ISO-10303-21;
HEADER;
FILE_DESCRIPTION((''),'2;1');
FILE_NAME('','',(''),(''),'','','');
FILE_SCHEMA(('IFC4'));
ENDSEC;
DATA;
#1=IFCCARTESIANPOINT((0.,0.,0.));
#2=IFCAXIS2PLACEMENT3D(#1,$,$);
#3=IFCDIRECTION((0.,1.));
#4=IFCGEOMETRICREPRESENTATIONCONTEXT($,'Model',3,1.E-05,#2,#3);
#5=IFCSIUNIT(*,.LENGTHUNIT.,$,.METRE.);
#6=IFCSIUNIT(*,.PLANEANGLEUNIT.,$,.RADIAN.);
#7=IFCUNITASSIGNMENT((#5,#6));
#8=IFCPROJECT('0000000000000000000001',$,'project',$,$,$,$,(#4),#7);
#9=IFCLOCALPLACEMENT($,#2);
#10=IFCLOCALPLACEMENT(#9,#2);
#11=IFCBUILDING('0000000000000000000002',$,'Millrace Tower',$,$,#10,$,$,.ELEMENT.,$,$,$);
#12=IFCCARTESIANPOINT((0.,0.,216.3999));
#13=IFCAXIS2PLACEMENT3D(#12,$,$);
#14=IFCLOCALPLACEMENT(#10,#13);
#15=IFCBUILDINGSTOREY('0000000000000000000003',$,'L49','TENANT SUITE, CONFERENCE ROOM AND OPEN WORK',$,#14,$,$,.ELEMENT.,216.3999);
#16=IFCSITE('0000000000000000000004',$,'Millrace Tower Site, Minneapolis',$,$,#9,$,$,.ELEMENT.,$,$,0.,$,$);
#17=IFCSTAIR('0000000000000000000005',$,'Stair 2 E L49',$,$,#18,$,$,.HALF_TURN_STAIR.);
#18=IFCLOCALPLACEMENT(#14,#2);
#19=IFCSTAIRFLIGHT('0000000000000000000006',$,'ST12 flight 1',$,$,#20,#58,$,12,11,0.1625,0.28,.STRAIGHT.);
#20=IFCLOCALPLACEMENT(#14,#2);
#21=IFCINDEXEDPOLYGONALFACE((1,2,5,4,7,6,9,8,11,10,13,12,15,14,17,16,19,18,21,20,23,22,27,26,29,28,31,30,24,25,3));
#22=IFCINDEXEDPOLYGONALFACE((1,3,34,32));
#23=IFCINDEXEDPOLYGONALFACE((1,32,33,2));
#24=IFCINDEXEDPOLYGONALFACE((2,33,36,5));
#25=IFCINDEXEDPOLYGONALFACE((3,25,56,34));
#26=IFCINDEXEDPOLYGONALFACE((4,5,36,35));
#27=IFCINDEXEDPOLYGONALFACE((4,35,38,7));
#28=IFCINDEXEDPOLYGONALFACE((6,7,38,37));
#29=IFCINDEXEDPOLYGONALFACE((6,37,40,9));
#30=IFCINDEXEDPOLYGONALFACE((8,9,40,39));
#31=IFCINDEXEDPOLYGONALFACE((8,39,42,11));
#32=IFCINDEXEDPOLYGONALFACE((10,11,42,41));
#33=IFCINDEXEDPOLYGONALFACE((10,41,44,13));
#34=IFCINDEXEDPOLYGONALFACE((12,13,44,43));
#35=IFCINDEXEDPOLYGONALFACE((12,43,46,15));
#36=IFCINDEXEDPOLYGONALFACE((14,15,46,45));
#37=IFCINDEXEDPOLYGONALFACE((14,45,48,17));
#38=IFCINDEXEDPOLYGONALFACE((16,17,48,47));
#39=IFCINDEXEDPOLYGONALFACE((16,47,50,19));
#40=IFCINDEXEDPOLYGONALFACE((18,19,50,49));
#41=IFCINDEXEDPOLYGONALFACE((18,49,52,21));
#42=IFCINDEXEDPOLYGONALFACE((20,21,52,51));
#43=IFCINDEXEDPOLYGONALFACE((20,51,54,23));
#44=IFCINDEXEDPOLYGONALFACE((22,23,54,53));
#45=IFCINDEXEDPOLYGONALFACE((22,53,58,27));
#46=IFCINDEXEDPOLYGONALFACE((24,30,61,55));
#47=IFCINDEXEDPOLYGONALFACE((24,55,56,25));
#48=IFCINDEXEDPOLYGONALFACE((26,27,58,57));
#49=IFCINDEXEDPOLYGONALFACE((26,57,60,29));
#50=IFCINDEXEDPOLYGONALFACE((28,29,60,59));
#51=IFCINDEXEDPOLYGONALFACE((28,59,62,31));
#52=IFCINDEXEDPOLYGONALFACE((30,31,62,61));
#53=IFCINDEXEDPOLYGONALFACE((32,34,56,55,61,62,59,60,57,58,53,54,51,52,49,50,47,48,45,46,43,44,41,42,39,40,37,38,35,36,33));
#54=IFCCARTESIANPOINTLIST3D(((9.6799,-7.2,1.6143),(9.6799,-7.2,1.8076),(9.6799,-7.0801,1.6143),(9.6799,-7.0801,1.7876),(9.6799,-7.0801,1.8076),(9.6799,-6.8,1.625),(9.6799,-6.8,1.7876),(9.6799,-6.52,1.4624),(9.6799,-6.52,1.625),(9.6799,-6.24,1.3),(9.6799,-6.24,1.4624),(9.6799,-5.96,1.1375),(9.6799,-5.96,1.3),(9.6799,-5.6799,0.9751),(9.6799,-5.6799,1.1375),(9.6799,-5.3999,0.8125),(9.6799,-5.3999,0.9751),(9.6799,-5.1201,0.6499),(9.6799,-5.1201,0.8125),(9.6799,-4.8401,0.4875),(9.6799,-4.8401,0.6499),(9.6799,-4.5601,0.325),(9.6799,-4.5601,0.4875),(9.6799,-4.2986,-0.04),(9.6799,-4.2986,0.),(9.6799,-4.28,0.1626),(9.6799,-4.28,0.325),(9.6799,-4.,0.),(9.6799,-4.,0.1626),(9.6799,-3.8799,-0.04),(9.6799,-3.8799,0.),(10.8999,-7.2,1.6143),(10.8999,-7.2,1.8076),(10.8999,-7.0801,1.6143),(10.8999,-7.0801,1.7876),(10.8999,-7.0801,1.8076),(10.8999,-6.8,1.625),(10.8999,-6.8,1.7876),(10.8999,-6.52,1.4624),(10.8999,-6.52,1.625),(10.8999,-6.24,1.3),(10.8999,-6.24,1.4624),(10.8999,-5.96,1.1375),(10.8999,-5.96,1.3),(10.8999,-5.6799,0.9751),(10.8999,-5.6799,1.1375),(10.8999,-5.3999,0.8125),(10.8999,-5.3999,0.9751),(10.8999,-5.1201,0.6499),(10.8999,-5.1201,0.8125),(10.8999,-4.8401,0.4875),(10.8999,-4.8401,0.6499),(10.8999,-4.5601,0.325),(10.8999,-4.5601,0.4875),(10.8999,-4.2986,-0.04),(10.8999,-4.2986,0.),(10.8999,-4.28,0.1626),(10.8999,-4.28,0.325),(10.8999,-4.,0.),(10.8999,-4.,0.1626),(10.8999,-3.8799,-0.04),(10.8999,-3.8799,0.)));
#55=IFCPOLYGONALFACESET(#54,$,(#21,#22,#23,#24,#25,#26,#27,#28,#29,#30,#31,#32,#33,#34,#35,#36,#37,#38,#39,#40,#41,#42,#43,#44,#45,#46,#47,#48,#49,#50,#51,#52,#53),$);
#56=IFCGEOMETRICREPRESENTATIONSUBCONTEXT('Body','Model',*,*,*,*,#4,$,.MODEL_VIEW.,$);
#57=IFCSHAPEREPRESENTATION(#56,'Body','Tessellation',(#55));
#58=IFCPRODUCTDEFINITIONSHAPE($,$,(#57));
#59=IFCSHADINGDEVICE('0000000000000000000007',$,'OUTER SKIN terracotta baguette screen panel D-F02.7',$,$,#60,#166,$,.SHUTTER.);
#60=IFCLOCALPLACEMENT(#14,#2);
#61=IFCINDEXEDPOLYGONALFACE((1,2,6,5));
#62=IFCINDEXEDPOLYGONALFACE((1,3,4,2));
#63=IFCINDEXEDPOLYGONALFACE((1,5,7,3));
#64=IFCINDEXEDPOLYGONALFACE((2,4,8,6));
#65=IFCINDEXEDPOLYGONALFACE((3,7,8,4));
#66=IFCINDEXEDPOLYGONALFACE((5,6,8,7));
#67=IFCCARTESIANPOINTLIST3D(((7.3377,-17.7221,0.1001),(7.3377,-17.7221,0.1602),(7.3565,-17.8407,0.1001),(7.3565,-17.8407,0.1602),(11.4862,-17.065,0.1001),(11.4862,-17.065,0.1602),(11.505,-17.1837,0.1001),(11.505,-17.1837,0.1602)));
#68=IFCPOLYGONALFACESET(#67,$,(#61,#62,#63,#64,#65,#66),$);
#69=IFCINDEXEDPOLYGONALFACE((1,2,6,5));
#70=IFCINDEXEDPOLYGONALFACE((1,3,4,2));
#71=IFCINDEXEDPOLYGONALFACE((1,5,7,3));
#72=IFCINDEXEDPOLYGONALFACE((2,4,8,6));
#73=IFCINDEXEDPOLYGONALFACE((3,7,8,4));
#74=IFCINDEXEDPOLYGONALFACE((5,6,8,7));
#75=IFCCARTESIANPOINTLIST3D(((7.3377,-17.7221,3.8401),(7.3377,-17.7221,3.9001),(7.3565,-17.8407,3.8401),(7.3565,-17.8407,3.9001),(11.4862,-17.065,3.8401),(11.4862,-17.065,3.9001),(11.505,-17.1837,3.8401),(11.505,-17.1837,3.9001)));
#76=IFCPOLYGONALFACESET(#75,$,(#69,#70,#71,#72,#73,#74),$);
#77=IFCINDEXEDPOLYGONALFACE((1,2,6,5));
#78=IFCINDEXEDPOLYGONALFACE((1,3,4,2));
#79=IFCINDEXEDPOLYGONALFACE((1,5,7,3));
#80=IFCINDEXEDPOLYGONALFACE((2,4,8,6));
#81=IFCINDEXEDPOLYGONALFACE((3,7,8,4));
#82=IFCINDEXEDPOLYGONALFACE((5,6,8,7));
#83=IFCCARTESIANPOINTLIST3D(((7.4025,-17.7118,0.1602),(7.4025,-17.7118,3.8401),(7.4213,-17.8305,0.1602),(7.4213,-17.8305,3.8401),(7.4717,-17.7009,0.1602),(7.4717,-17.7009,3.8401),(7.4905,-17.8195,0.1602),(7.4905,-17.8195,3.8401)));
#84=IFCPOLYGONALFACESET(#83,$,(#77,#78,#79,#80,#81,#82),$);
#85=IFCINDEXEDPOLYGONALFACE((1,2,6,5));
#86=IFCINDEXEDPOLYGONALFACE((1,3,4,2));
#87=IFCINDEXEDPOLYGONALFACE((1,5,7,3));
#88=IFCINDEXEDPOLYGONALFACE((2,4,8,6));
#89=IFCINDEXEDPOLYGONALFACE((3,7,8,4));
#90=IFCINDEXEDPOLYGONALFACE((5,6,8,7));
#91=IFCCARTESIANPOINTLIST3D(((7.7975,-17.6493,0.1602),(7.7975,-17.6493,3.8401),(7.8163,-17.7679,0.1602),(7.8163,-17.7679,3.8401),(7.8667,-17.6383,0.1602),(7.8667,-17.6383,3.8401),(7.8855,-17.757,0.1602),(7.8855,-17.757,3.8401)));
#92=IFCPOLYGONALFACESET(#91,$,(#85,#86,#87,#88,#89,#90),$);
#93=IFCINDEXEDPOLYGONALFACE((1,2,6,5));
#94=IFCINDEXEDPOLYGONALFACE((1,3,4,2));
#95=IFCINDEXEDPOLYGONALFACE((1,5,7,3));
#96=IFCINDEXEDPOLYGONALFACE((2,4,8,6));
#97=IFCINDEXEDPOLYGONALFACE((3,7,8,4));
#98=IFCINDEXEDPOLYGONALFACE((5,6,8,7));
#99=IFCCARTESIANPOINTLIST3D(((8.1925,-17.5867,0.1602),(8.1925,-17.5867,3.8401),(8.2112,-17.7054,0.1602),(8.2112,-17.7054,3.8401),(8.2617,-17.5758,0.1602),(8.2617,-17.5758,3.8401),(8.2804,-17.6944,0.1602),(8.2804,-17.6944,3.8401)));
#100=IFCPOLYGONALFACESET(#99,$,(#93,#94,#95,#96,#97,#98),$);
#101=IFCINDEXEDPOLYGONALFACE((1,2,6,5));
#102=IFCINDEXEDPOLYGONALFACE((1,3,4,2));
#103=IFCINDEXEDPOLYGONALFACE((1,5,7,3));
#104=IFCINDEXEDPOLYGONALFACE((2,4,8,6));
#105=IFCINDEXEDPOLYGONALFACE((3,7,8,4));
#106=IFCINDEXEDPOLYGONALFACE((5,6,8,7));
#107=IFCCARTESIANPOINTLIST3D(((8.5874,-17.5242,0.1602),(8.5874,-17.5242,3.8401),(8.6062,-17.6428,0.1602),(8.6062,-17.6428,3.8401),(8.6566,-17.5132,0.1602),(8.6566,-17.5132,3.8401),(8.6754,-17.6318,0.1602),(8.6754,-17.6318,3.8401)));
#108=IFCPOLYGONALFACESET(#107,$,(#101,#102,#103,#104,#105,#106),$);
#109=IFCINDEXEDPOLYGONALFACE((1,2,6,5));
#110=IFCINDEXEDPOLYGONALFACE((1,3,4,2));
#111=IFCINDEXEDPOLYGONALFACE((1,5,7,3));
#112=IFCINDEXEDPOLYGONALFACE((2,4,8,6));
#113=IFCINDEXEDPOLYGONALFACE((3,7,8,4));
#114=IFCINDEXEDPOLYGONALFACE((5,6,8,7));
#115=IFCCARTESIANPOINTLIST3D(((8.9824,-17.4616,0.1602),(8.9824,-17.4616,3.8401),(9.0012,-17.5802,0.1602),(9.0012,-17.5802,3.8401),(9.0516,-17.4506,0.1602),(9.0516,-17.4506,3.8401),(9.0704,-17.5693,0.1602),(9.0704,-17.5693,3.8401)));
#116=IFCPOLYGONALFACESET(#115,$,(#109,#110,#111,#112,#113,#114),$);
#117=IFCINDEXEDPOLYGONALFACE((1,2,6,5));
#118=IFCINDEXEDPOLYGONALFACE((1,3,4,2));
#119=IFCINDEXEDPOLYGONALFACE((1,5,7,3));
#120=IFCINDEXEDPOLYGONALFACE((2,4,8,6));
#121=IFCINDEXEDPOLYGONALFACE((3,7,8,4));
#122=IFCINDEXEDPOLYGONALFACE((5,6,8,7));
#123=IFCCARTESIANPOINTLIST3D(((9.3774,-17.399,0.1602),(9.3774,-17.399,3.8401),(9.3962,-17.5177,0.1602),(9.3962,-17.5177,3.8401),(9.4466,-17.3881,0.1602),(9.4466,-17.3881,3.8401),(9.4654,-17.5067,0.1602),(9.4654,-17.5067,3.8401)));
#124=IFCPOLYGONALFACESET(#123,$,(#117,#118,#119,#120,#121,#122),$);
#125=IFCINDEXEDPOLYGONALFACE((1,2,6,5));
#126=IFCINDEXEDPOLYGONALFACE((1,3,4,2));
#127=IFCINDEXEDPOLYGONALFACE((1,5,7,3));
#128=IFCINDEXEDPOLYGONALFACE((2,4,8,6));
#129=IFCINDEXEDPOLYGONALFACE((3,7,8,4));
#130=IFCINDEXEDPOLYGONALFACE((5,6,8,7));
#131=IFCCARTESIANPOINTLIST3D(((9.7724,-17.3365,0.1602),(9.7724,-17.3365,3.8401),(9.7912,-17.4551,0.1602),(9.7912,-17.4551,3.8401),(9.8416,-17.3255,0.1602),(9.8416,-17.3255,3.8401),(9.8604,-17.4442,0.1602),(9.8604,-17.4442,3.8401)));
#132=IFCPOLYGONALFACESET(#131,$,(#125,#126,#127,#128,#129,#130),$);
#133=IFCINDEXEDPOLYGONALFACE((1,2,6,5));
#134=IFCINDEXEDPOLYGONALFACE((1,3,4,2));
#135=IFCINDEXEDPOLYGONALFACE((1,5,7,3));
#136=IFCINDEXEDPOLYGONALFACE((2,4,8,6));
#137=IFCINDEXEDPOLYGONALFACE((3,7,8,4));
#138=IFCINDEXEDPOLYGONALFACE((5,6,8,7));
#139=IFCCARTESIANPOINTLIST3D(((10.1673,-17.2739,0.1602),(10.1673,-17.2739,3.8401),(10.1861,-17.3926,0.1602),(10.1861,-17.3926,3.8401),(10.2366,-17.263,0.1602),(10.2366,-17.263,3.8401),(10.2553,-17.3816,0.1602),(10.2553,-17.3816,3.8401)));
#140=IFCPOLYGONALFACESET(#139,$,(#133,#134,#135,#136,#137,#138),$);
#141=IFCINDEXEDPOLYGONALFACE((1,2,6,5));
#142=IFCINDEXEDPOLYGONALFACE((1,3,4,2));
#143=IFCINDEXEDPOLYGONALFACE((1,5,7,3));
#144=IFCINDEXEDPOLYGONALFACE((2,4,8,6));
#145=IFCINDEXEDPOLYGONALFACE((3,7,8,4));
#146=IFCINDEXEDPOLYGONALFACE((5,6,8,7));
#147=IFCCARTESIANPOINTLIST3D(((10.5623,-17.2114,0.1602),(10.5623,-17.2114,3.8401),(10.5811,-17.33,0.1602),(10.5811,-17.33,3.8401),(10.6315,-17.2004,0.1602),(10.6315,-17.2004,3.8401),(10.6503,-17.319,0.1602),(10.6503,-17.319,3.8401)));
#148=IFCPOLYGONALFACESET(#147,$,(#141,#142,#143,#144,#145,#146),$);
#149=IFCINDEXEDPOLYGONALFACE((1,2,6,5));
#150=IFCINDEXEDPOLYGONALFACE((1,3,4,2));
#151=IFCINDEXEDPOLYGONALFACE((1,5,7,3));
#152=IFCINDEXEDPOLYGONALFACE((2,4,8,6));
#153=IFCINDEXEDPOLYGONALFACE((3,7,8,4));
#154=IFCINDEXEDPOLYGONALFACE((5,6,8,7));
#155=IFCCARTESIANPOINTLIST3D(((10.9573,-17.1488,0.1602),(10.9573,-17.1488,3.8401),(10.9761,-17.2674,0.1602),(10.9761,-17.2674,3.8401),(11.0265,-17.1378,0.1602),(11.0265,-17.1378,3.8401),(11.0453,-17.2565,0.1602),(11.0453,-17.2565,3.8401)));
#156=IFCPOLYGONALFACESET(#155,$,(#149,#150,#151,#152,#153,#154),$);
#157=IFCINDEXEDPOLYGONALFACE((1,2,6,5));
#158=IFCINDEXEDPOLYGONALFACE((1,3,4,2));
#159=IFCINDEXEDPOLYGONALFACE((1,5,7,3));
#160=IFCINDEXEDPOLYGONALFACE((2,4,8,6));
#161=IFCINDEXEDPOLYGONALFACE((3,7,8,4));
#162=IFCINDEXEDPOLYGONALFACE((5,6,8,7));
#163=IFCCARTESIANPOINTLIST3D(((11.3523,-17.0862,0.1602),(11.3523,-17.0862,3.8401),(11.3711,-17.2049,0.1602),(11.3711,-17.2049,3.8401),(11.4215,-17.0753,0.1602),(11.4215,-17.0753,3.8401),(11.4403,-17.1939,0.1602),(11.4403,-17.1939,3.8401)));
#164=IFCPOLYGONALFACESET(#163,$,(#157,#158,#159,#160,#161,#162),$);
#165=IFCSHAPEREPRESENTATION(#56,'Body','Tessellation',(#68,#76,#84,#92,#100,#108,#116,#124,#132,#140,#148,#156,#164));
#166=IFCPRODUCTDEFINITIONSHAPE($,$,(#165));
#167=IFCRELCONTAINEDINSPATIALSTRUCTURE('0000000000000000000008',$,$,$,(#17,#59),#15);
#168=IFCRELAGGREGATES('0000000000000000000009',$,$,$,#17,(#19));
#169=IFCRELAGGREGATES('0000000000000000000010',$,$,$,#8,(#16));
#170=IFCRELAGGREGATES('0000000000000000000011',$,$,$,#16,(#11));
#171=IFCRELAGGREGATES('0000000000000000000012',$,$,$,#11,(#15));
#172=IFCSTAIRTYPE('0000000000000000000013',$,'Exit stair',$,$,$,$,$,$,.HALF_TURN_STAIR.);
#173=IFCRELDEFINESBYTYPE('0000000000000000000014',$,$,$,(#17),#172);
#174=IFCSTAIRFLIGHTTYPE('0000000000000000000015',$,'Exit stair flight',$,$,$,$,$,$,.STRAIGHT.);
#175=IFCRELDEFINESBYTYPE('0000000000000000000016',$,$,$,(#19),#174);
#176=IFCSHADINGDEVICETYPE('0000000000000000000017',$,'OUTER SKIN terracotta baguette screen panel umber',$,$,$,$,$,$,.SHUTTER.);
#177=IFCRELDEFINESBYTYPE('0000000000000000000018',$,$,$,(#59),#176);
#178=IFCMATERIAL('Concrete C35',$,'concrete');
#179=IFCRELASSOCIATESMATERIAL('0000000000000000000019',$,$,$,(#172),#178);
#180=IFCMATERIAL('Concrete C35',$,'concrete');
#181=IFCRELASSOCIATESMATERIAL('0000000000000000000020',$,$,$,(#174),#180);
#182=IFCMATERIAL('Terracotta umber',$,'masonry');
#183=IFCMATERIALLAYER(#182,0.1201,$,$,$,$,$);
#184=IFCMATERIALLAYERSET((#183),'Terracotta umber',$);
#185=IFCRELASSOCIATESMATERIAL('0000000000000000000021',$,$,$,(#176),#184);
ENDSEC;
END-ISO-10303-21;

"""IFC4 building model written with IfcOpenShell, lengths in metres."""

from ifc_helpers import new_model, entity, si_unit, direction, frame, frame_2d, origin, origin_2d, place, context, subcontext, project, spatial, polyline, rectangle, outline, extrude, source, transform, mapped, material, layer, layer_set, type_object, element, aggregate, save


model = new_model("IFC4")

# Units and contexts
model_context = context("Model", 3, precision=1e-05, world=origin(), true_north=direction((0.0, 1.0)))
body_context = subcontext(model_context, "Body", "Model", "MODEL_VIEW")
ifc_project = project(units=[si_unit("LENGTHUNIT", "METRE"), si_unit("PLANEANGLEUNIT", "RADIAN")], contexts=[model_context])

# Site, building, storey
site_placement = place(None, origin())
site = spatial("IfcSite", under=ifc_project, at=site_placement, Name="Millrace Tower Site, Minneapolis", CompositionType="ELEMENT", RefElevation=0.0)
building_placement = place(site_placement, origin())
building = spatial("IfcBuilding", under=site, at=building_placement, Name="Millrace Tower", CompositionType="ELEMENT")
storey_placement = place(building_placement, frame((0.0, 0.0, 216.3999)))
storey = spatial("IfcBuildingStorey", under=building, at=storey_placement, Name="L49", Description="TENANT SUITE, CONFERENCE ROOM AND OPEN WORK", CompositionType="ELEMENT", Elevation=216.3999)

# Shared definitions
placement = place(storey_placement, origin())

# Shared definitions
ifc_material_1 = material(Name="Concrete C35", Category="concrete")
stair_type = type_object("IfcStairType", Name="Exit stair", PredefinedType="HALF_TURN_STAIR", material=ifc_material_1)
ifc_material_2 = material(Name="Concrete C35", Category="concrete")
stair_flight_type = type_object("IfcStairFlightType", Name="Exit stair flight", PredefinedType="STRAIGHT", material=ifc_material_2)

# Stair, stair flight
stair_1 = element("IfcStair", 1, at=placement, inside=storey, type_object=stair_type, Name="Stair 2 E L49", PredefinedType="HALF_TURN_STAIR")
stair_flight_1_placement = place(storey_placement, frame((10.29, -4.0, 0.0), z_axis=(0.0, 0.0, 1.0), x_axis=(0.0, -1.0, 0.0)))
stair_flight_1 = element("IfcStairFlight", 2, at=stair_flight_1_placement, type_object=stair_flight_type, Name="ST12 flight 1", NumberOfRisers=12, NumberOfTreads=11, PredefinedType="STRAIGHT", RiserHeight=0.1625, TreadLength=0.28, context=body_context, shape_type="SweptSolid", body=[
    extrude(outline(polyline([(-0.1201, -0.04), (-0.1201, 0.0), (0.0, 0.0), (0.0, 0.1626), (0.28, 0.1626), (0.28, 0.325), (0.5601, 0.325), (0.5601, 0.4875), (0.8401, 0.4875), (0.8401, 0.6499), (1.1201, 0.6499), (1.1201, 0.8125), (1.3999, 0.8125), (1.3999, 0.9751), (1.6799, 0.9751), (1.6799, 1.1375), (1.96, 1.1375), (1.96, 1.3), (2.24, 1.3), (2.24, 1.4624), (2.52, 1.4624), (2.52, 1.625), (2.8, 1.625), (2.8, 1.7876), (3.0801, 1.7876), (3.0801, 1.8076), (3.2, 1.8076), (3.2, 1.6143), (3.0801, 1.6143), (0.2986, 0.0), (0.2986, -0.04), (-0.1201, -0.04)])), frame((0.0, 0.6099, 0.0), z_axis=(0.0, -1.0, 0.0), x_axis=(1.0, 0.0, 0.0)), (0.0, 0.0, 1.0), 1.22),
])
aggregate(stair_1, [stair_flight_1])

# Shading device
ifc_material_3 = material(Name="Terracotta umber", Category="masonry")
ifc_layer_1 = layer(ifc_material_3, 0.1201)
ifc_layer_set_1 = layer_set([ifc_layer_1], Name="Terracotta umber")
shading_device_type = type_object("IfcShadingDeviceType", Name="OUTER SKIN terracotta baguette screen panel umber", PredefinedType="SHUTTER", material=ifc_layer_set_1)
cartesian_point = entity("IfcCartesianPoint", [-2.1001, 0.0601])
shared_polyline = entity("IfcPolyline", [cartesian_point, entity("IfcCartesianPoint", [2.1001, 0.0601]), entity("IfcCartesianPoint", [2.1001, -0.0601]), entity("IfcCartesianPoint", [-2.1001, -0.0601]), cartesian_point])
shared_shape = source(origin(), body_context, "Body", "SweptSolid", [
    entity("IfcExtrudedAreaSolid", entity("IfcArbitraryClosedProfileDef", "AREA", None, shared_polyline), entity("IfcAxis2Placement3D", entity("IfcCartesianPoint", [0.0, 0.0, 0.0])), entity("IfcDirection", [0.0, 0.0, 1.0]), 0.0601),
    entity("IfcExtrudedAreaSolid", entity("IfcArbitraryClosedProfileDef", "AREA", None, shared_polyline), entity("IfcAxis2Placement3D", entity("IfcCartesianPoint", [0.0, 0.0, 3.74])), entity("IfcDirection", [0.0, 0.0, 1.0]), 0.0601),
    extrude(rectangle(XDim=0.0701, YDim=0.1201, at=frame_2d((-1.9995, 0.0))), frame((0.0, 0.0, 0.0601)), (0.0, 0.0, 1.0), 3.6799),
    extrude(rectangle(XDim=0.0701, YDim=0.1201, at=frame_2d((-1.5996, 0.0))), frame((0.0, 0.0, 0.0601)), (0.0, 0.0, 1.0), 3.6799),
    extrude(rectangle(XDim=0.0701, YDim=0.1201, at=frame_2d((-1.1997, 0.0))), frame((0.0, 0.0, 0.0601)), (0.0, 0.0, 1.0), 3.6799),
    extrude(rectangle(XDim=0.0701, YDim=0.1201, at=frame_2d((-0.7998, 0.0))), frame((0.0, 0.0, 0.0601)), (0.0, 0.0, 1.0), 3.6799),
    extrude(rectangle(XDim=0.0701, YDim=0.1201, at=frame_2d((-0.3999, 0.0))), frame((0.0, 0.0, 0.0601)), (0.0, 0.0, 1.0), 3.6799),
    extrude(rectangle(XDim=0.0701, YDim=0.1201, at=origin_2d()), frame((0.0, 0.0, 0.0601)), (0.0, 0.0, 1.0), 3.6799),
    extrude(rectangle(XDim=0.0701, YDim=0.1201, at=frame_2d((0.3999, 0.0))), frame((0.0, 0.0, 0.0601)), (0.0, 0.0, 1.0), 3.6799),
    extrude(rectangle(XDim=0.0701, YDim=0.1201, at=frame_2d((0.7998, 0.0))), frame((0.0, 0.0, 0.0601)), (0.0, 0.0, 1.0), 3.6799),
    extrude(rectangle(XDim=0.0701, YDim=0.1201, at=frame_2d((1.1997, 0.0))), frame((0.0, 0.0, 0.0601)), (0.0, 0.0, 1.0), 3.6799),
    extrude(rectangle(XDim=0.0701, YDim=0.1201, at=frame_2d((1.5996, 0.0))), frame((0.0, 0.0, 0.0601)), (0.0, 0.0, 1.0), 3.6799),
    extrude(rectangle(XDim=0.0701, YDim=0.1201, at=frame_2d((1.9995, 0.0))), frame((0.0, 0.0, 0.0601)), (0.0, 0.0, 1.0), 3.6799),
])
for number, where, z_axis, x_axis, name in (
    (3, (9.4214, -17.4529, 0.1001), (0.0, 0.0, 1.0), (0.987688, 0.156434, 0.0), "OUTER SKIN terracotta baguette screen panel D-F02.7"),
):
    element("IfcShadingDevice", number, at=place(storey_placement, frame(where, z_axis=z_axis, x_axis=x_axis)), inside=storey, type_object=shading_device_type, Name=name, PredefinedType="SHUTTER", context=body_context, shape_type="MappedRepresentation", body=[
        mapped(shared_shape, transform((0.0, 0.0, 0.0), scale=1.0)),
    ])

save(model, "model.ifc")
